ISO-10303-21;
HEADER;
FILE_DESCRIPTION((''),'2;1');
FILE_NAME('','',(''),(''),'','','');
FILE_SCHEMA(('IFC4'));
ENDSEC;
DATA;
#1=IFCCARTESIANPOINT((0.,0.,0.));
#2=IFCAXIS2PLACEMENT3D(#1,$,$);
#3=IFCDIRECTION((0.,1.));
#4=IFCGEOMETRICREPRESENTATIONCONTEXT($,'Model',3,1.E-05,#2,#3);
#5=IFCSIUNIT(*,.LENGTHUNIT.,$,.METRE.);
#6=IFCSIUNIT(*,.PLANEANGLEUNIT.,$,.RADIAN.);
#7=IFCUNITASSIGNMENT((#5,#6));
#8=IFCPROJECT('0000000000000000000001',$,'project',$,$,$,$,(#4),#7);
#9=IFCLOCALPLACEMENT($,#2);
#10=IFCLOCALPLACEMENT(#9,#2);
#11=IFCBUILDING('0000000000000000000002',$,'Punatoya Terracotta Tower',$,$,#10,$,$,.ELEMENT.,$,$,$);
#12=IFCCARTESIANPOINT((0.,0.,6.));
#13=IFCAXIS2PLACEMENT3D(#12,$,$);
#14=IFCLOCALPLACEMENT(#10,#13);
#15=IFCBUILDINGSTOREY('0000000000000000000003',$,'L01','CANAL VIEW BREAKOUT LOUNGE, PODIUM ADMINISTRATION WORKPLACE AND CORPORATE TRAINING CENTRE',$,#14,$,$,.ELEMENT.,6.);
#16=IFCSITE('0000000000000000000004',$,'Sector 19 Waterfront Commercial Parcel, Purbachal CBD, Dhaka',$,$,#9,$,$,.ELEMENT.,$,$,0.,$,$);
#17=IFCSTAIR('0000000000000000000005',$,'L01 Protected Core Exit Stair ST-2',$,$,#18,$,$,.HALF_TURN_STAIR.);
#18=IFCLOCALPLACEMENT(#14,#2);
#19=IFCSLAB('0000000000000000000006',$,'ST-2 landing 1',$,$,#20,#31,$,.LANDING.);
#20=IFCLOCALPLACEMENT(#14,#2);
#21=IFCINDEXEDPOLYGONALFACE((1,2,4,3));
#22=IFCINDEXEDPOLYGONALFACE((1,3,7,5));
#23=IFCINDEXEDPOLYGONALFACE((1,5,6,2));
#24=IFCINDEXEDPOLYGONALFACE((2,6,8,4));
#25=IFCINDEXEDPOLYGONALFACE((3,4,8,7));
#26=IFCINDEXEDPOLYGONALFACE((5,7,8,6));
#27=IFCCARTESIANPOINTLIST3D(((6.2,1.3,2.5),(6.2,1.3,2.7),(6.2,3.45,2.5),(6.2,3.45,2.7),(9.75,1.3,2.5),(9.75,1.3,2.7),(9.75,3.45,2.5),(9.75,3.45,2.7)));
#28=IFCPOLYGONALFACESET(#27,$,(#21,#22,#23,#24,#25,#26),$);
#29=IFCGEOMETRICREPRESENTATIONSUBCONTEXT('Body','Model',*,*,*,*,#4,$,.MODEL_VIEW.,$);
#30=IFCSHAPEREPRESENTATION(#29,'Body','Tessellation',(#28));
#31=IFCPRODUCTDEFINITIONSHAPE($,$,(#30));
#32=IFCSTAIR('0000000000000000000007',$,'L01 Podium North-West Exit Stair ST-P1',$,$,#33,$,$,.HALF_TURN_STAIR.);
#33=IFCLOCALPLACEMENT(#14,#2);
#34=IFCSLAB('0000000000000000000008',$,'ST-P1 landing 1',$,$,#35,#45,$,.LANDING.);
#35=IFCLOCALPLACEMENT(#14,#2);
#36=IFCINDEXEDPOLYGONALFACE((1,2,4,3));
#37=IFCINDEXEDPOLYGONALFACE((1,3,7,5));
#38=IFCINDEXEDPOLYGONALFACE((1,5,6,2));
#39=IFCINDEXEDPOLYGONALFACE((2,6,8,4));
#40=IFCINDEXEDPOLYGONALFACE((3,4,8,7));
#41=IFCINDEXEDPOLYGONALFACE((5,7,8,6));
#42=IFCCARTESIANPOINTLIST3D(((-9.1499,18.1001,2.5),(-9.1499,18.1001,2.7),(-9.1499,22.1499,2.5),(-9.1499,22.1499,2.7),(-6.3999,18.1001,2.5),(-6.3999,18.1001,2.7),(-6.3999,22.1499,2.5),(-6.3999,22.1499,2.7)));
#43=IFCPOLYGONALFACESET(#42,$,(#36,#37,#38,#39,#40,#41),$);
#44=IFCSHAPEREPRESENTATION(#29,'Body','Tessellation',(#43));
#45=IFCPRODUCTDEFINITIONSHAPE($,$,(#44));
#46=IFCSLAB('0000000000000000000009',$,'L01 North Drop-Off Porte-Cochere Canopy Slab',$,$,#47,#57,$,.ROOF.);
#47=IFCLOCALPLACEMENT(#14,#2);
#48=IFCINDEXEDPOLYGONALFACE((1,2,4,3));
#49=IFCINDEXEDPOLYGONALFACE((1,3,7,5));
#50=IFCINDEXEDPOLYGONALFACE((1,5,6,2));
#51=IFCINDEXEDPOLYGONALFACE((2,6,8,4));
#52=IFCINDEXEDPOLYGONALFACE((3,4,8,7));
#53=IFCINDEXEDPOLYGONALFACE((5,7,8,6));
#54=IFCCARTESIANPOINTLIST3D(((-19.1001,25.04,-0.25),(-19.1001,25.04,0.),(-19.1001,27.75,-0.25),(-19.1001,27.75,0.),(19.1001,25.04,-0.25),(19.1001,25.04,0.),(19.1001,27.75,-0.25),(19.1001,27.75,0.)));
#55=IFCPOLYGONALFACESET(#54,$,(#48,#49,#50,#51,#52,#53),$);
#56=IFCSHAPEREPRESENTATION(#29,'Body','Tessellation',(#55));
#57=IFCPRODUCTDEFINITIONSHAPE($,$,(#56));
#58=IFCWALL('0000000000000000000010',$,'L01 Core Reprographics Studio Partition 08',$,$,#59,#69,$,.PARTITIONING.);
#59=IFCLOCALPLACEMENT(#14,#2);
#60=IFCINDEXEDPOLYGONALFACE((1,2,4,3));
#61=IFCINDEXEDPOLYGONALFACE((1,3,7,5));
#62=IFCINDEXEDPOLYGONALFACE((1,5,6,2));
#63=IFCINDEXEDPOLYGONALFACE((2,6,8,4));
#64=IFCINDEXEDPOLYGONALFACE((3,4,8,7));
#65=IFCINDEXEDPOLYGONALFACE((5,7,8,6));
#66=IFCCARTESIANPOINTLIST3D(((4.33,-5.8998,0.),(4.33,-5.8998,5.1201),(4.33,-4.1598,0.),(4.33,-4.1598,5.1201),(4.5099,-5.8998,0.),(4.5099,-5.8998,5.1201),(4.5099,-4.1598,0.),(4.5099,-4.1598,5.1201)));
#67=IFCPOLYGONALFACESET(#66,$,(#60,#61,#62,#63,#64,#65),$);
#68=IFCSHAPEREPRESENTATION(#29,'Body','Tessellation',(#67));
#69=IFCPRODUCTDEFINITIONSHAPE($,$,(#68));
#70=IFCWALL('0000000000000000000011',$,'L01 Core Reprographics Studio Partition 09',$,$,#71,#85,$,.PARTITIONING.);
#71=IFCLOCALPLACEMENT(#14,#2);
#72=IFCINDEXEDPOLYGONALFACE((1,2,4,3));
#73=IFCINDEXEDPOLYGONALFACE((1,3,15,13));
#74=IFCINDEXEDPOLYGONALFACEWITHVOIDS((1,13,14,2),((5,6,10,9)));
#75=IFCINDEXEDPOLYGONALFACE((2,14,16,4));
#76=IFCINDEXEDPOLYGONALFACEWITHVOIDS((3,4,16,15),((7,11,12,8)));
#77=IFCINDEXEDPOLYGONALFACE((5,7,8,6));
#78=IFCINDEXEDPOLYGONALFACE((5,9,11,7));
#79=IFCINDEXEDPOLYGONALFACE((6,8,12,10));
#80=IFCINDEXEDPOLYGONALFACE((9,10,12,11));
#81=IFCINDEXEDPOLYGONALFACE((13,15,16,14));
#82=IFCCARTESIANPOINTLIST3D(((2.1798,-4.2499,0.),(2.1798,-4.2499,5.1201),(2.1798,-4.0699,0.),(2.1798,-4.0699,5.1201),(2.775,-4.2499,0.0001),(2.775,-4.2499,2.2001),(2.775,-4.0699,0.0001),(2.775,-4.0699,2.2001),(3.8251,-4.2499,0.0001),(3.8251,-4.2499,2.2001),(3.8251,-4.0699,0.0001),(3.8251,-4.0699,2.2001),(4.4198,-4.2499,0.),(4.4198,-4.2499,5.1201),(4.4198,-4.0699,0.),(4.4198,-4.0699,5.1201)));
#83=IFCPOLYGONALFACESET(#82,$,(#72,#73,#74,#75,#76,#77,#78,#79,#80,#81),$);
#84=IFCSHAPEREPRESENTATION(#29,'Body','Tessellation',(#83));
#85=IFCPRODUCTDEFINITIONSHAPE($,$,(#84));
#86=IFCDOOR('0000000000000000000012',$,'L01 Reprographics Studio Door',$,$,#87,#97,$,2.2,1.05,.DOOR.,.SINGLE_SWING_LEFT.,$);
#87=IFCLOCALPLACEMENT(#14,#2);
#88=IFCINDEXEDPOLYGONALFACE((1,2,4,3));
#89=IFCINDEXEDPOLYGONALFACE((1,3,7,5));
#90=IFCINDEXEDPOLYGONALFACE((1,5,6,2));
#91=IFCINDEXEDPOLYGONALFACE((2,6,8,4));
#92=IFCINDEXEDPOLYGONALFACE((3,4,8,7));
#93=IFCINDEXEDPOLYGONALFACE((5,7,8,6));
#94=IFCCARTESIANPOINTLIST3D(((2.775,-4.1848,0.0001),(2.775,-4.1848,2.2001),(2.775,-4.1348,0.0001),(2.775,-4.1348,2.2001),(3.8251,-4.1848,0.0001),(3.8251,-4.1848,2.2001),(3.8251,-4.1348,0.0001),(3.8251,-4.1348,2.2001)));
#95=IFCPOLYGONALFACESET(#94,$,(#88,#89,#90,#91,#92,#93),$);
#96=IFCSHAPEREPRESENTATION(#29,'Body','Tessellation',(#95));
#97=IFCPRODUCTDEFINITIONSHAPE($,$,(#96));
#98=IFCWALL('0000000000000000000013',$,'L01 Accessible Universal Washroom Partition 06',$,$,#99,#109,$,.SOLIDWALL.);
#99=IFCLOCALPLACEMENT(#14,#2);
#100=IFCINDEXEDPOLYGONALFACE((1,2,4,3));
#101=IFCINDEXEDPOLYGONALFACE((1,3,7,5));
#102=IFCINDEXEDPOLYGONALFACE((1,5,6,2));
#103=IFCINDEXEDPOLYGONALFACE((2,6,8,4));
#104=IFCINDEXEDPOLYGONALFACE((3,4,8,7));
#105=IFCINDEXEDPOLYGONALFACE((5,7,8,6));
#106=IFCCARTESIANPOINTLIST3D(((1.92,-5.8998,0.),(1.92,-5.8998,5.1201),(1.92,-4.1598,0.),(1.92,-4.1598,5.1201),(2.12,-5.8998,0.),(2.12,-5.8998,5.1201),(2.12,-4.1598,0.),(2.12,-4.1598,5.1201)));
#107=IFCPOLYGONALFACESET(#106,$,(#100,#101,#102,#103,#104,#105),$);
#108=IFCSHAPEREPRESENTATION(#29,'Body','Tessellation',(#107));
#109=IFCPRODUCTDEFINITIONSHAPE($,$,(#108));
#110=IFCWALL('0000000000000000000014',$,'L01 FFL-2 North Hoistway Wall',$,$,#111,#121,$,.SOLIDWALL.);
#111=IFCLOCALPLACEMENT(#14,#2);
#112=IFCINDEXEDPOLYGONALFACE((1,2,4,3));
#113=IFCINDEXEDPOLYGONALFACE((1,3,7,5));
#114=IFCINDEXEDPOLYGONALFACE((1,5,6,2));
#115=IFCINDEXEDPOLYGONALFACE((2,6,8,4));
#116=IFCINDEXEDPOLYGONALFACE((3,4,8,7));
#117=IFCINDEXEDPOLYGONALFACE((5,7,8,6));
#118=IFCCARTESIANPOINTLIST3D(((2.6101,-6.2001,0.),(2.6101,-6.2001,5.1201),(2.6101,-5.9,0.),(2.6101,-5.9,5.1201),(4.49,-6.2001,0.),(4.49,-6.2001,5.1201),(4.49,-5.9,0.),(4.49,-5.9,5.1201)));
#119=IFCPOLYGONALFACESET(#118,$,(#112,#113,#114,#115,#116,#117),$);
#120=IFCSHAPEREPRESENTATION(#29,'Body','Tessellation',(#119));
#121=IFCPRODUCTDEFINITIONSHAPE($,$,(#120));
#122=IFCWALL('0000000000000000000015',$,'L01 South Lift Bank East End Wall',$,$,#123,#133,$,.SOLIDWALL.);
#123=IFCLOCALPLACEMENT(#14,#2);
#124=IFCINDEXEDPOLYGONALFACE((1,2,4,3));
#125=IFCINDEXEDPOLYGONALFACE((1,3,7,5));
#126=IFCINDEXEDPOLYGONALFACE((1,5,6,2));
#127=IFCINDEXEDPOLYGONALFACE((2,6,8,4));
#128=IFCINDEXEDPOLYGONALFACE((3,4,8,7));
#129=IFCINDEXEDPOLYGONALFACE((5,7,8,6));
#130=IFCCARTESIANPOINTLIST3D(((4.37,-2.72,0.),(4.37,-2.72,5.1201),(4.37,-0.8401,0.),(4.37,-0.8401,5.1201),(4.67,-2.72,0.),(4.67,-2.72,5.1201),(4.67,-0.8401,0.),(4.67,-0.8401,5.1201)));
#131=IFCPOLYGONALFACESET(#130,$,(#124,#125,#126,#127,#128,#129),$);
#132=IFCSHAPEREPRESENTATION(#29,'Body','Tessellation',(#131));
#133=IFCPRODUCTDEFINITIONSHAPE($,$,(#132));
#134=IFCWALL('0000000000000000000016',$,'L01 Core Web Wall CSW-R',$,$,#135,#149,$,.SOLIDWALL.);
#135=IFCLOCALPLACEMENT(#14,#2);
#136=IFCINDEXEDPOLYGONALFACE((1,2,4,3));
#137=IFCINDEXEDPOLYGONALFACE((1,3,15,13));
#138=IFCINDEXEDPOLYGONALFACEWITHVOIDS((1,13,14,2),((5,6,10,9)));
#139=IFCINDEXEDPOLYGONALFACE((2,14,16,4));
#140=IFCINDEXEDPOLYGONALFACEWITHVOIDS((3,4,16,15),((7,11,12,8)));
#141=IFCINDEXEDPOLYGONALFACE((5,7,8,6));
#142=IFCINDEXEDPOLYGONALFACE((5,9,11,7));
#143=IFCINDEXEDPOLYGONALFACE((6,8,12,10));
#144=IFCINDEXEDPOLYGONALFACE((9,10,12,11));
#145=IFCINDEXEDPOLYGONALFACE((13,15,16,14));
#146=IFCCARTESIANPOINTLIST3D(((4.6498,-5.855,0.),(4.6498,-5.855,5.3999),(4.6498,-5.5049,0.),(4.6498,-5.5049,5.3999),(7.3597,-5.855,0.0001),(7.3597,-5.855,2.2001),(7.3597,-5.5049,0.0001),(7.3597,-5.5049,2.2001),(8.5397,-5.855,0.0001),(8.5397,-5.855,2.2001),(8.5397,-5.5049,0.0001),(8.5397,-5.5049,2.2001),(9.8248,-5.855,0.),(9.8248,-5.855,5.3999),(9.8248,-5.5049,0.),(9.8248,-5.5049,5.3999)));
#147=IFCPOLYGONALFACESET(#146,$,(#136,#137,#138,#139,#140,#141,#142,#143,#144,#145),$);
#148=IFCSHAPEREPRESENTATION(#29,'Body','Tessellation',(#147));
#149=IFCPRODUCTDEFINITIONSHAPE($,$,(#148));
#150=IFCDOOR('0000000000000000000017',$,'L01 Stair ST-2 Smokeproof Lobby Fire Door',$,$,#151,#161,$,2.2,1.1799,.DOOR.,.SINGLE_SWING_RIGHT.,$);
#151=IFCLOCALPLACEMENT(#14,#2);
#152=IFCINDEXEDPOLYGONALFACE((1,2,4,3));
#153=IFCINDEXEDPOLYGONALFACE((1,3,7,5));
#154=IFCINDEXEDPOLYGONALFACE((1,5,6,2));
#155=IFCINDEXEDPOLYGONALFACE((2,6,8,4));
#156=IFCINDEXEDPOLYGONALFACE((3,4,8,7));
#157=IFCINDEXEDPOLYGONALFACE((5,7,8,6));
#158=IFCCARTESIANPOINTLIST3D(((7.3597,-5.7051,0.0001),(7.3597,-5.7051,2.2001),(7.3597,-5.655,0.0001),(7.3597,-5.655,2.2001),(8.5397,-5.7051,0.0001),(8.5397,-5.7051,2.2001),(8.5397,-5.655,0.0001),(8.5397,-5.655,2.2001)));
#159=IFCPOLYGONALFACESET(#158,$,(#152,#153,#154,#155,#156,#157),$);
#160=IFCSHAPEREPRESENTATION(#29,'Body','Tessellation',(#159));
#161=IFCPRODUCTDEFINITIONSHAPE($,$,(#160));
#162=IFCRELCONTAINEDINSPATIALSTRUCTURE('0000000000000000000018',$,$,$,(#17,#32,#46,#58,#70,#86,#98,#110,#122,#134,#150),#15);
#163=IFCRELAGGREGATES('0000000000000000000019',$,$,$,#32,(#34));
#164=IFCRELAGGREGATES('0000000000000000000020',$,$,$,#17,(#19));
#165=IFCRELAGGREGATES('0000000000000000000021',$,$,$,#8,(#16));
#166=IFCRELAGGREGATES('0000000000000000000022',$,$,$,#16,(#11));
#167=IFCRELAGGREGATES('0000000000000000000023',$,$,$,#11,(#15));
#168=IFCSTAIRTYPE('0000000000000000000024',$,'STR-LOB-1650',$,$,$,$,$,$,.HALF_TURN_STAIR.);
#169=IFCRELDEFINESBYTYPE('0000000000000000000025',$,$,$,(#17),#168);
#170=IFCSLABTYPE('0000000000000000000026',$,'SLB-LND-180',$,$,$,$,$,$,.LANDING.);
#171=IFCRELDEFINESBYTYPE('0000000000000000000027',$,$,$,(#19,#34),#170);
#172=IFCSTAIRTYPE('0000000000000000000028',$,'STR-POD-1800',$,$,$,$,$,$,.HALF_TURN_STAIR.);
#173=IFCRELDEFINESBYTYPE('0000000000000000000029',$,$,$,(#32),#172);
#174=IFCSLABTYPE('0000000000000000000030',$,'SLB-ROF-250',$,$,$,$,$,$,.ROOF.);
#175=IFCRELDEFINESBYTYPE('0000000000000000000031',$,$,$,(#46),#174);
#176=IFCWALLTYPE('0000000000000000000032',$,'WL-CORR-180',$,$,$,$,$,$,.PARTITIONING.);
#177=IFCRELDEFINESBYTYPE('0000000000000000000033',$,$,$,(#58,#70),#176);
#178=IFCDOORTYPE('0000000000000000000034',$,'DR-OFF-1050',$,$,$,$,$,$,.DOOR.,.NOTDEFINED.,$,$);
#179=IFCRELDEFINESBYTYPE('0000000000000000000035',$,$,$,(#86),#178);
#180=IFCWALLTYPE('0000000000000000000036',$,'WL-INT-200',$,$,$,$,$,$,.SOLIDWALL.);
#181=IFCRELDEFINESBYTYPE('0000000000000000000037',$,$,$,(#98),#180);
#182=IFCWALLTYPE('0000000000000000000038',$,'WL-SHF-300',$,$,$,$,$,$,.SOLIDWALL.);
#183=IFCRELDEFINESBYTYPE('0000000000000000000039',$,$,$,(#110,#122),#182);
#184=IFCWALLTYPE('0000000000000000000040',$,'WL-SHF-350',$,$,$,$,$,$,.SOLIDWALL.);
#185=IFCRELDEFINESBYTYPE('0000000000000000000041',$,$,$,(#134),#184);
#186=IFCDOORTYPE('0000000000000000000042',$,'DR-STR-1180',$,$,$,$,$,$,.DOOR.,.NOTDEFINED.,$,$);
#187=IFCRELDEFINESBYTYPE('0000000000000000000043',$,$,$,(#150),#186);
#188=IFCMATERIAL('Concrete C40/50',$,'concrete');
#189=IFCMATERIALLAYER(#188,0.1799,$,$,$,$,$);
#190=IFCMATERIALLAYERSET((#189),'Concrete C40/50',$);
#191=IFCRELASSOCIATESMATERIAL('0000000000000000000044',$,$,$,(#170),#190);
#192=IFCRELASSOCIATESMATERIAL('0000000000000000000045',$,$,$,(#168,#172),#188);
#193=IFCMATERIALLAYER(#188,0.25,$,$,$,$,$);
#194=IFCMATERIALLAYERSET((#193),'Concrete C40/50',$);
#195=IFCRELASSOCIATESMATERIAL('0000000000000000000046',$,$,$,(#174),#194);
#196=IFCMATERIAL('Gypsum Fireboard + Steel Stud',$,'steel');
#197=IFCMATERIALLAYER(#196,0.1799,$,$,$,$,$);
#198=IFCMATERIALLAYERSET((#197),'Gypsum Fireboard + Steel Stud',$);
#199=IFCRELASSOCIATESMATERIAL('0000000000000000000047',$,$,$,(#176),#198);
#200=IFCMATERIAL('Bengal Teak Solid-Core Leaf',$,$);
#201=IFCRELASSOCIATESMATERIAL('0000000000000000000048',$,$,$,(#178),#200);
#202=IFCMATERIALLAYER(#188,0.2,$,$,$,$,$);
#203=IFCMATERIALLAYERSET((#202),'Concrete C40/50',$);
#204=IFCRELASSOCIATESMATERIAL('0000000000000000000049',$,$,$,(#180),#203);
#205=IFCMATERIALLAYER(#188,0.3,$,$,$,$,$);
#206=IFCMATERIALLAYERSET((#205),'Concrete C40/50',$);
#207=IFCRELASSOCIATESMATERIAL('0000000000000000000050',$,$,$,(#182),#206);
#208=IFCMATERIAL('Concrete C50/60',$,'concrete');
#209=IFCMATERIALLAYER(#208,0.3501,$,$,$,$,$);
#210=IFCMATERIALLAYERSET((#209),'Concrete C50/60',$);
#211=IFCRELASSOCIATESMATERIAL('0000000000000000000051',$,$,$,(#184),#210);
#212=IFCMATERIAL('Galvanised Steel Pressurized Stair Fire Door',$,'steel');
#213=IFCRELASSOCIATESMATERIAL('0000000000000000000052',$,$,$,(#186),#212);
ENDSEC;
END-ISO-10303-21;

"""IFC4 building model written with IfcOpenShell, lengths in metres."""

from ifc_helpers import new_model, si_unit, direction, frame, frame_2d, origin, place, context, subcontext, project, spatial, polyline, rectangle, outline, extrude, material, layer, layer_set, type_object, element, fill, aggregate, save


model = new_model("IFC4")

# Units and contexts
model_context = context("Model", 3, precision=1e-05, world=origin(), true_north=direction((0.0, 1.0)))
body_context = subcontext(model_context, "Body", "Model", "MODEL_VIEW")
ifc_project = project(units=[si_unit("LENGTHUNIT", "METRE"), si_unit("PLANEANGLEUNIT", "RADIAN")], contexts=[model_context])

# Site, building, storey
site_placement = place(None, origin())
site = spatial("IfcSite", under=ifc_project, at=site_placement, Name="Sector 19 Waterfront Commercial Parcel, Purbachal CBD, Dhaka", CompositionType="ELEMENT", RefElevation=0.0)
building_placement = place(site_placement, origin())
building = spatial("IfcBuilding", under=site, at=building_placement, Name="Punatoya Terracotta Tower", CompositionType="ELEMENT")
storey_placement = place(building_placement, frame((0.0, 0.0, 6.0)))
storey = spatial("IfcBuildingStorey", under=building, at=storey_placement, Name="L01", Description="CANAL VIEW BREAKOUT LOUNGE, PODIUM ADMINISTRATION WORKPLACE AND CORPORATE TRAINING CENTRE", CompositionType="ELEMENT", Elevation=6.0)

# Stairs, slabs
ifc_material_1 = material(Name="Concrete C40/50", Category="concrete")
ifc_layer_1 = layer(ifc_material_1, 0.1799)
ifc_layer_set_1 = layer_set([ifc_layer_1], Name="Concrete C40/50")
slab_type_1 = type_object("IfcSlabType", Name="SLB-LND-180", PredefinedType="LANDING", material=ifc_layer_set_1)
stair_type_1 = type_object("IfcStairType", Name="STR-LOB-1650", PredefinedType="HALF_TURN_STAIR", material=ifc_material_1)
stair_1_placement = place(storey_placement, origin())
stair_1 = element("IfcStair", 1, at=stair_1_placement, inside=storey, type_object=stair_type_1, Name="L01 Protected Core Exit Stair ST-2", PredefinedType="HALF_TURN_STAIR")
slab_1_placement = place(storey_placement, frame((0.0, 0.0, 2.5)))
slab_1 = element("IfcSlab", 2, at=slab_1_placement, type_object=slab_type_1, Name="ST-2 landing 1", PredefinedType="LANDING", context=body_context, shape_type="SweptSolid", body=[
    extrude(outline(polyline([(9.75, 1.3), (9.75, 3.45), (6.2, 3.45), (6.2, 1.3), (9.75, 1.3)])), origin(), (0.0, 0.0, 1.0), 0.2),
])
stair_type_2 = type_object("IfcStairType", Name="STR-POD-1800", PredefinedType="HALF_TURN_STAIR", material=ifc_material_1)
stair_2_placement = place(storey_placement, origin())
stair_2 = element("IfcStair", 3, at=stair_2_placement, inside=storey, type_object=stair_type_2, Name="L01 Podium North-West Exit Stair ST-P1", PredefinedType="HALF_TURN_STAIR")
slab_2_placement = place(storey_placement, frame((0.0, 0.0, 2.5)))
slab_2 = element("IfcSlab", 4, at=slab_2_placement, type_object=slab_type_1, Name="ST-P1 landing 1", PredefinedType="LANDING", context=body_context, shape_type="SweptSolid", body=[
    extrude(outline(polyline([(-9.1499, 18.1001), (-6.3999, 18.1001), (-6.3999, 22.1499), (-9.1499, 22.1499), (-9.1499, 18.1001)])), origin(), (0.0, 0.0, 1.0), 0.2),
])
aggregate(stair_2, [slab_2])

# Slab
ifc_layer_2 = layer(ifc_material_1, 0.25)
ifc_layer_set_2 = layer_set([ifc_layer_2], Name="Concrete C40/50")
slab_type_2 = type_object("IfcSlabType", Name="SLB-ROF-250", PredefinedType="ROOF", material=ifc_layer_set_2)
slab_3_placement = place(storey_placement, frame((0.0, 0.0, -0.25)))
element("IfcSlab", 5, at=slab_3_placement, inside=storey, type_object=slab_type_2, Name="L01 North Drop-Off Porte-Cochere Canopy Slab", PredefinedType="ROOF", context=body_context, shape_type="SweptSolid", body=[
    extrude(outline(polyline([(-19.1001, 25.04), (19.1001, 25.04), (19.1001, 27.75), (-19.1001, 27.75), (-19.1001, 25.04)])), origin(), (0.0, 0.0, 1.0), 0.25),
])

# Wall
ifc_material_2 = material(Name="Gypsum Fireboard + Steel Stud", Category="steel")
ifc_layer_3 = layer(ifc_material_2, 0.1799)
ifc_layer_set_3 = layer_set([ifc_layer_3], Name="Gypsum Fireboard + Steel Stud")
wall_type_1 = type_object("IfcWallType", Name="WL-CORR-180", PredefinedType="PARTITIONING", material=ifc_layer_set_3)
wall_1_placement = place(storey_placement, frame((4.4199, -5.8999, 0.0), z_axis=(0.0, 0.0, 1.0), x_axis=(0.0, 1.0, 0.0)))
element("IfcWall", 6, at=wall_1_placement, inside=storey, type_object=wall_type_1, Name="L01 Core Reprographics Studio Partition 08", PredefinedType="PARTITIONING", context=body_context, shape_type="SweptSolid", body=[
    extrude(rectangle(XDim=1.74, YDim=0.1799, at=frame_2d((0.8701, 0.0))), origin(), (0.0, 0.0, 1.0), 5.1201),
])

# Wall, opening, door
wall_2_placement = place(storey_placement, frame((4.4199, -4.1599, 0.0), z_axis=(0.0, 0.0, 1.0), x_axis=(-1.0, 0.0, 0.0)))
wall_2 = element("IfcWall", 7, at=wall_2_placement, inside=storey, type_object=wall_type_1, Name="L01 Core Reprographics Studio Partition 09", PredefinedType="PARTITIONING", context=body_context, shape_type="SweptSolid", body=[
    extrude(rectangle(XDim=2.24, YDim=0.1799, at=frame_2d((1.1201, 0.0))), origin(), (0.0, 0.0, 1.0), 5.1201),
])
opening_1_placement = place(wall_2_placement, frame((0.595, 0.0, 0.0)))
opening_1 = element("IfcOpeningElement", 8, at=opening_1_placement, cuts=wall_2, PredefinedType="OPENING", context=body_context, shape_type="SweptSolid", body=[
    extrude(rectangle(XDim=1.05, YDim=2.2, at=frame_2d((0.5249, 1.1001))), frame((0.0, 0.0999, 0.0), z_axis=(0.0, -1.0, 0.0), x_axis=(1.0, 0.0, 0.0)), (0.0, 0.0, 1.0), 0.2),
])
ifc_material_3 = material(Name="Bengal Teak Solid-Core Leaf")
door_type_1 = type_object("IfcDoorType", Name="DR-OFF-1050", OperationType="NOTDEFINED", PredefinedType="DOOR", material=ifc_material_3)
door_1_placement = place(opening_1_placement, origin())
door_1 = element("IfcDoor", 9, at=door_1_placement, inside=storey, type_object=door_type_1, Name="L01 Reprographics Studio Door", OperationType="SINGLE_SWING_LEFT", OverallHeight=2.2, OverallWidth=1.05, PredefinedType="DOOR", context=body_context, shape_type="SweptSolid", body=[
    extrude(rectangle(XDim=1.05, YDim=2.2, at=frame_2d((0.5249, 1.1001))), frame((0.0, 0.0249, 0.0), z_axis=(0.0, -1.0, 0.0), x_axis=(1.0, 0.0, 0.0)), (0.0, 0.0, 1.0), 0.05),
])
fill(opening_1, door_1)

# Wall
ifc_layer_4 = layer(ifc_material_1, 0.2)
ifc_layer_set_4 = layer_set([ifc_layer_4], Name="Concrete C40/50")
wall_type_2 = type_object("IfcWallType", Name="WL-INT-200", PredefinedType="SOLIDWALL", material=ifc_layer_set_4)
wall_3_placement = place(storey_placement, frame((2.02, -5.8999, 0.0), z_axis=(0.0, 0.0, 1.0), x_axis=(0.0, 1.0, 0.0)))
element("IfcWall", 10, at=wall_3_placement, inside=storey, type_object=wall_type_2, Name="L01 Accessible Universal Washroom Partition 06", PredefinedType="SOLIDWALL", context=body_context, shape_type="SweptSolid", body=[
    extrude(rectangle(XDim=1.74, YDim=0.2, at=frame_2d((0.8701, 0.0))), origin(), (0.0, 0.0, 1.0), 5.1201),
])

# Walls
ifc_layer_5 = layer(ifc_material_1, 0.3)
ifc_layer_set_5 = layer_set([ifc_layer_5], Name="Concrete C40/50")
wall_type_3 = type_object("IfcWallType", Name="WL-SHF-300", PredefinedType="SOLIDWALL", material=ifc_layer_set_5)
for number, where, z_axis, x_axis, name in (
    (11, (2.6101, -6.05, 0.0), (0.0, 0.0, 1.0), (1.0, 0.0, 0.0), "L01 FFL-2 North Hoistway Wall"),
    (12, (4.52, -2.72, 0.0), (0.0, 0.0, 1.0), (0.0, 1.0, 0.0), "L01 South Lift Bank East End Wall"),
):
    element("IfcWall", number, at=place(storey_placement, frame(where, z_axis=z_axis, x_axis=x_axis)), inside=storey, type_object=wall_type_3, Name=name, PredefinedType="SOLIDWALL", context=body_context, shape_type="SweptSolid", body=[
        extrude(rectangle(XDim=1.8799, YDim=0.3, at=frame_2d((0.9399, 0.0))), origin(), (0.0, 0.0, 1.0), 5.1201),
    ])

# Wall, opening, door
ifc_material_4 = material(Name="Concrete C50/60", Category="concrete")
ifc_layer_6 = layer(ifc_material_4, 0.3501)
ifc_layer_set_6 = layer_set([ifc_layer_6], Name="Concrete C50/60")
wall_type_4 = type_object("IfcWallType", Name="WL-SHF-350", PredefinedType="SOLIDWALL", material=ifc_layer_set_6)
wall_4_placement = place(storey_placement, frame((4.6499, -5.6799, 0.0), z_axis=(0.0, 0.0, 1.0), x_axis=(1.0, 0.0, 0.0)))
wall_4 = element("IfcWall", 13, at=wall_4_placement, inside=storey, type_object=wall_type_4, Name="L01 Core Web Wall CSW-R", PredefinedType="SOLIDWALL", context=body_context, shape_type="SweptSolid", body=[
    extrude(rectangle(XDim=5.175, YDim=0.3501, at=frame_2d((2.5874, 0.0))), origin(), (0.0, 0.0, 1.0), 5.3999),
])
opening_2_placement = place(wall_4_placement, frame((2.71, 0.0, 0.0)))
opening_2 = element("IfcOpeningElement", 14, at=opening_2_placement, cuts=wall_4, PredefinedType="OPENING", context=body_context, shape_type="SweptSolid", body=[
    extrude(rectangle(XDim=1.1799, YDim=2.2, at=frame_2d((0.5898, 1.1001))), frame((0.0, 0.1851, 0.0), z_axis=(0.0, -1.0, 0.0), x_axis=(1.0, 0.0, 0.0)), (0.0, 0.0, 1.0), 0.3701),
])
ifc_material_5 = material(Name="Galvanised Steel Pressurized Stair Fire Door", Category="steel")
door_type_2 = type_object("IfcDoorType", Name="DR-STR-1180", OperationType="NOTDEFINED", PredefinedType="DOOR", material=ifc_material_5)
door_2_placement = place(opening_2_placement, origin())
door_2 = element("IfcDoor", 15, at=door_2_placement, inside=storey, type_object=door_type_2, Name="L01 Stair ST-2 Smokeproof Lobby Fire Door", OperationType="SINGLE_SWING_RIGHT", OverallHeight=2.2, OverallWidth=1.1799, PredefinedType="DOOR", context=body_context, shape_type="SweptSolid", body=[
    extrude(rectangle(XDim=1.1799, YDim=2.2, at=frame_2d((0.5898, 1.1001))), frame((0.0, 0.0249, 0.0), z_axis=(0.0, -1.0, 0.0), x_axis=(1.0, 0.0, 0.0)), (0.0, 0.0, 1.0), 0.05),
])
fill(opening_2, door_2)

aggregate(stair_1, [slab_1])

save(model, "model.ifc")
